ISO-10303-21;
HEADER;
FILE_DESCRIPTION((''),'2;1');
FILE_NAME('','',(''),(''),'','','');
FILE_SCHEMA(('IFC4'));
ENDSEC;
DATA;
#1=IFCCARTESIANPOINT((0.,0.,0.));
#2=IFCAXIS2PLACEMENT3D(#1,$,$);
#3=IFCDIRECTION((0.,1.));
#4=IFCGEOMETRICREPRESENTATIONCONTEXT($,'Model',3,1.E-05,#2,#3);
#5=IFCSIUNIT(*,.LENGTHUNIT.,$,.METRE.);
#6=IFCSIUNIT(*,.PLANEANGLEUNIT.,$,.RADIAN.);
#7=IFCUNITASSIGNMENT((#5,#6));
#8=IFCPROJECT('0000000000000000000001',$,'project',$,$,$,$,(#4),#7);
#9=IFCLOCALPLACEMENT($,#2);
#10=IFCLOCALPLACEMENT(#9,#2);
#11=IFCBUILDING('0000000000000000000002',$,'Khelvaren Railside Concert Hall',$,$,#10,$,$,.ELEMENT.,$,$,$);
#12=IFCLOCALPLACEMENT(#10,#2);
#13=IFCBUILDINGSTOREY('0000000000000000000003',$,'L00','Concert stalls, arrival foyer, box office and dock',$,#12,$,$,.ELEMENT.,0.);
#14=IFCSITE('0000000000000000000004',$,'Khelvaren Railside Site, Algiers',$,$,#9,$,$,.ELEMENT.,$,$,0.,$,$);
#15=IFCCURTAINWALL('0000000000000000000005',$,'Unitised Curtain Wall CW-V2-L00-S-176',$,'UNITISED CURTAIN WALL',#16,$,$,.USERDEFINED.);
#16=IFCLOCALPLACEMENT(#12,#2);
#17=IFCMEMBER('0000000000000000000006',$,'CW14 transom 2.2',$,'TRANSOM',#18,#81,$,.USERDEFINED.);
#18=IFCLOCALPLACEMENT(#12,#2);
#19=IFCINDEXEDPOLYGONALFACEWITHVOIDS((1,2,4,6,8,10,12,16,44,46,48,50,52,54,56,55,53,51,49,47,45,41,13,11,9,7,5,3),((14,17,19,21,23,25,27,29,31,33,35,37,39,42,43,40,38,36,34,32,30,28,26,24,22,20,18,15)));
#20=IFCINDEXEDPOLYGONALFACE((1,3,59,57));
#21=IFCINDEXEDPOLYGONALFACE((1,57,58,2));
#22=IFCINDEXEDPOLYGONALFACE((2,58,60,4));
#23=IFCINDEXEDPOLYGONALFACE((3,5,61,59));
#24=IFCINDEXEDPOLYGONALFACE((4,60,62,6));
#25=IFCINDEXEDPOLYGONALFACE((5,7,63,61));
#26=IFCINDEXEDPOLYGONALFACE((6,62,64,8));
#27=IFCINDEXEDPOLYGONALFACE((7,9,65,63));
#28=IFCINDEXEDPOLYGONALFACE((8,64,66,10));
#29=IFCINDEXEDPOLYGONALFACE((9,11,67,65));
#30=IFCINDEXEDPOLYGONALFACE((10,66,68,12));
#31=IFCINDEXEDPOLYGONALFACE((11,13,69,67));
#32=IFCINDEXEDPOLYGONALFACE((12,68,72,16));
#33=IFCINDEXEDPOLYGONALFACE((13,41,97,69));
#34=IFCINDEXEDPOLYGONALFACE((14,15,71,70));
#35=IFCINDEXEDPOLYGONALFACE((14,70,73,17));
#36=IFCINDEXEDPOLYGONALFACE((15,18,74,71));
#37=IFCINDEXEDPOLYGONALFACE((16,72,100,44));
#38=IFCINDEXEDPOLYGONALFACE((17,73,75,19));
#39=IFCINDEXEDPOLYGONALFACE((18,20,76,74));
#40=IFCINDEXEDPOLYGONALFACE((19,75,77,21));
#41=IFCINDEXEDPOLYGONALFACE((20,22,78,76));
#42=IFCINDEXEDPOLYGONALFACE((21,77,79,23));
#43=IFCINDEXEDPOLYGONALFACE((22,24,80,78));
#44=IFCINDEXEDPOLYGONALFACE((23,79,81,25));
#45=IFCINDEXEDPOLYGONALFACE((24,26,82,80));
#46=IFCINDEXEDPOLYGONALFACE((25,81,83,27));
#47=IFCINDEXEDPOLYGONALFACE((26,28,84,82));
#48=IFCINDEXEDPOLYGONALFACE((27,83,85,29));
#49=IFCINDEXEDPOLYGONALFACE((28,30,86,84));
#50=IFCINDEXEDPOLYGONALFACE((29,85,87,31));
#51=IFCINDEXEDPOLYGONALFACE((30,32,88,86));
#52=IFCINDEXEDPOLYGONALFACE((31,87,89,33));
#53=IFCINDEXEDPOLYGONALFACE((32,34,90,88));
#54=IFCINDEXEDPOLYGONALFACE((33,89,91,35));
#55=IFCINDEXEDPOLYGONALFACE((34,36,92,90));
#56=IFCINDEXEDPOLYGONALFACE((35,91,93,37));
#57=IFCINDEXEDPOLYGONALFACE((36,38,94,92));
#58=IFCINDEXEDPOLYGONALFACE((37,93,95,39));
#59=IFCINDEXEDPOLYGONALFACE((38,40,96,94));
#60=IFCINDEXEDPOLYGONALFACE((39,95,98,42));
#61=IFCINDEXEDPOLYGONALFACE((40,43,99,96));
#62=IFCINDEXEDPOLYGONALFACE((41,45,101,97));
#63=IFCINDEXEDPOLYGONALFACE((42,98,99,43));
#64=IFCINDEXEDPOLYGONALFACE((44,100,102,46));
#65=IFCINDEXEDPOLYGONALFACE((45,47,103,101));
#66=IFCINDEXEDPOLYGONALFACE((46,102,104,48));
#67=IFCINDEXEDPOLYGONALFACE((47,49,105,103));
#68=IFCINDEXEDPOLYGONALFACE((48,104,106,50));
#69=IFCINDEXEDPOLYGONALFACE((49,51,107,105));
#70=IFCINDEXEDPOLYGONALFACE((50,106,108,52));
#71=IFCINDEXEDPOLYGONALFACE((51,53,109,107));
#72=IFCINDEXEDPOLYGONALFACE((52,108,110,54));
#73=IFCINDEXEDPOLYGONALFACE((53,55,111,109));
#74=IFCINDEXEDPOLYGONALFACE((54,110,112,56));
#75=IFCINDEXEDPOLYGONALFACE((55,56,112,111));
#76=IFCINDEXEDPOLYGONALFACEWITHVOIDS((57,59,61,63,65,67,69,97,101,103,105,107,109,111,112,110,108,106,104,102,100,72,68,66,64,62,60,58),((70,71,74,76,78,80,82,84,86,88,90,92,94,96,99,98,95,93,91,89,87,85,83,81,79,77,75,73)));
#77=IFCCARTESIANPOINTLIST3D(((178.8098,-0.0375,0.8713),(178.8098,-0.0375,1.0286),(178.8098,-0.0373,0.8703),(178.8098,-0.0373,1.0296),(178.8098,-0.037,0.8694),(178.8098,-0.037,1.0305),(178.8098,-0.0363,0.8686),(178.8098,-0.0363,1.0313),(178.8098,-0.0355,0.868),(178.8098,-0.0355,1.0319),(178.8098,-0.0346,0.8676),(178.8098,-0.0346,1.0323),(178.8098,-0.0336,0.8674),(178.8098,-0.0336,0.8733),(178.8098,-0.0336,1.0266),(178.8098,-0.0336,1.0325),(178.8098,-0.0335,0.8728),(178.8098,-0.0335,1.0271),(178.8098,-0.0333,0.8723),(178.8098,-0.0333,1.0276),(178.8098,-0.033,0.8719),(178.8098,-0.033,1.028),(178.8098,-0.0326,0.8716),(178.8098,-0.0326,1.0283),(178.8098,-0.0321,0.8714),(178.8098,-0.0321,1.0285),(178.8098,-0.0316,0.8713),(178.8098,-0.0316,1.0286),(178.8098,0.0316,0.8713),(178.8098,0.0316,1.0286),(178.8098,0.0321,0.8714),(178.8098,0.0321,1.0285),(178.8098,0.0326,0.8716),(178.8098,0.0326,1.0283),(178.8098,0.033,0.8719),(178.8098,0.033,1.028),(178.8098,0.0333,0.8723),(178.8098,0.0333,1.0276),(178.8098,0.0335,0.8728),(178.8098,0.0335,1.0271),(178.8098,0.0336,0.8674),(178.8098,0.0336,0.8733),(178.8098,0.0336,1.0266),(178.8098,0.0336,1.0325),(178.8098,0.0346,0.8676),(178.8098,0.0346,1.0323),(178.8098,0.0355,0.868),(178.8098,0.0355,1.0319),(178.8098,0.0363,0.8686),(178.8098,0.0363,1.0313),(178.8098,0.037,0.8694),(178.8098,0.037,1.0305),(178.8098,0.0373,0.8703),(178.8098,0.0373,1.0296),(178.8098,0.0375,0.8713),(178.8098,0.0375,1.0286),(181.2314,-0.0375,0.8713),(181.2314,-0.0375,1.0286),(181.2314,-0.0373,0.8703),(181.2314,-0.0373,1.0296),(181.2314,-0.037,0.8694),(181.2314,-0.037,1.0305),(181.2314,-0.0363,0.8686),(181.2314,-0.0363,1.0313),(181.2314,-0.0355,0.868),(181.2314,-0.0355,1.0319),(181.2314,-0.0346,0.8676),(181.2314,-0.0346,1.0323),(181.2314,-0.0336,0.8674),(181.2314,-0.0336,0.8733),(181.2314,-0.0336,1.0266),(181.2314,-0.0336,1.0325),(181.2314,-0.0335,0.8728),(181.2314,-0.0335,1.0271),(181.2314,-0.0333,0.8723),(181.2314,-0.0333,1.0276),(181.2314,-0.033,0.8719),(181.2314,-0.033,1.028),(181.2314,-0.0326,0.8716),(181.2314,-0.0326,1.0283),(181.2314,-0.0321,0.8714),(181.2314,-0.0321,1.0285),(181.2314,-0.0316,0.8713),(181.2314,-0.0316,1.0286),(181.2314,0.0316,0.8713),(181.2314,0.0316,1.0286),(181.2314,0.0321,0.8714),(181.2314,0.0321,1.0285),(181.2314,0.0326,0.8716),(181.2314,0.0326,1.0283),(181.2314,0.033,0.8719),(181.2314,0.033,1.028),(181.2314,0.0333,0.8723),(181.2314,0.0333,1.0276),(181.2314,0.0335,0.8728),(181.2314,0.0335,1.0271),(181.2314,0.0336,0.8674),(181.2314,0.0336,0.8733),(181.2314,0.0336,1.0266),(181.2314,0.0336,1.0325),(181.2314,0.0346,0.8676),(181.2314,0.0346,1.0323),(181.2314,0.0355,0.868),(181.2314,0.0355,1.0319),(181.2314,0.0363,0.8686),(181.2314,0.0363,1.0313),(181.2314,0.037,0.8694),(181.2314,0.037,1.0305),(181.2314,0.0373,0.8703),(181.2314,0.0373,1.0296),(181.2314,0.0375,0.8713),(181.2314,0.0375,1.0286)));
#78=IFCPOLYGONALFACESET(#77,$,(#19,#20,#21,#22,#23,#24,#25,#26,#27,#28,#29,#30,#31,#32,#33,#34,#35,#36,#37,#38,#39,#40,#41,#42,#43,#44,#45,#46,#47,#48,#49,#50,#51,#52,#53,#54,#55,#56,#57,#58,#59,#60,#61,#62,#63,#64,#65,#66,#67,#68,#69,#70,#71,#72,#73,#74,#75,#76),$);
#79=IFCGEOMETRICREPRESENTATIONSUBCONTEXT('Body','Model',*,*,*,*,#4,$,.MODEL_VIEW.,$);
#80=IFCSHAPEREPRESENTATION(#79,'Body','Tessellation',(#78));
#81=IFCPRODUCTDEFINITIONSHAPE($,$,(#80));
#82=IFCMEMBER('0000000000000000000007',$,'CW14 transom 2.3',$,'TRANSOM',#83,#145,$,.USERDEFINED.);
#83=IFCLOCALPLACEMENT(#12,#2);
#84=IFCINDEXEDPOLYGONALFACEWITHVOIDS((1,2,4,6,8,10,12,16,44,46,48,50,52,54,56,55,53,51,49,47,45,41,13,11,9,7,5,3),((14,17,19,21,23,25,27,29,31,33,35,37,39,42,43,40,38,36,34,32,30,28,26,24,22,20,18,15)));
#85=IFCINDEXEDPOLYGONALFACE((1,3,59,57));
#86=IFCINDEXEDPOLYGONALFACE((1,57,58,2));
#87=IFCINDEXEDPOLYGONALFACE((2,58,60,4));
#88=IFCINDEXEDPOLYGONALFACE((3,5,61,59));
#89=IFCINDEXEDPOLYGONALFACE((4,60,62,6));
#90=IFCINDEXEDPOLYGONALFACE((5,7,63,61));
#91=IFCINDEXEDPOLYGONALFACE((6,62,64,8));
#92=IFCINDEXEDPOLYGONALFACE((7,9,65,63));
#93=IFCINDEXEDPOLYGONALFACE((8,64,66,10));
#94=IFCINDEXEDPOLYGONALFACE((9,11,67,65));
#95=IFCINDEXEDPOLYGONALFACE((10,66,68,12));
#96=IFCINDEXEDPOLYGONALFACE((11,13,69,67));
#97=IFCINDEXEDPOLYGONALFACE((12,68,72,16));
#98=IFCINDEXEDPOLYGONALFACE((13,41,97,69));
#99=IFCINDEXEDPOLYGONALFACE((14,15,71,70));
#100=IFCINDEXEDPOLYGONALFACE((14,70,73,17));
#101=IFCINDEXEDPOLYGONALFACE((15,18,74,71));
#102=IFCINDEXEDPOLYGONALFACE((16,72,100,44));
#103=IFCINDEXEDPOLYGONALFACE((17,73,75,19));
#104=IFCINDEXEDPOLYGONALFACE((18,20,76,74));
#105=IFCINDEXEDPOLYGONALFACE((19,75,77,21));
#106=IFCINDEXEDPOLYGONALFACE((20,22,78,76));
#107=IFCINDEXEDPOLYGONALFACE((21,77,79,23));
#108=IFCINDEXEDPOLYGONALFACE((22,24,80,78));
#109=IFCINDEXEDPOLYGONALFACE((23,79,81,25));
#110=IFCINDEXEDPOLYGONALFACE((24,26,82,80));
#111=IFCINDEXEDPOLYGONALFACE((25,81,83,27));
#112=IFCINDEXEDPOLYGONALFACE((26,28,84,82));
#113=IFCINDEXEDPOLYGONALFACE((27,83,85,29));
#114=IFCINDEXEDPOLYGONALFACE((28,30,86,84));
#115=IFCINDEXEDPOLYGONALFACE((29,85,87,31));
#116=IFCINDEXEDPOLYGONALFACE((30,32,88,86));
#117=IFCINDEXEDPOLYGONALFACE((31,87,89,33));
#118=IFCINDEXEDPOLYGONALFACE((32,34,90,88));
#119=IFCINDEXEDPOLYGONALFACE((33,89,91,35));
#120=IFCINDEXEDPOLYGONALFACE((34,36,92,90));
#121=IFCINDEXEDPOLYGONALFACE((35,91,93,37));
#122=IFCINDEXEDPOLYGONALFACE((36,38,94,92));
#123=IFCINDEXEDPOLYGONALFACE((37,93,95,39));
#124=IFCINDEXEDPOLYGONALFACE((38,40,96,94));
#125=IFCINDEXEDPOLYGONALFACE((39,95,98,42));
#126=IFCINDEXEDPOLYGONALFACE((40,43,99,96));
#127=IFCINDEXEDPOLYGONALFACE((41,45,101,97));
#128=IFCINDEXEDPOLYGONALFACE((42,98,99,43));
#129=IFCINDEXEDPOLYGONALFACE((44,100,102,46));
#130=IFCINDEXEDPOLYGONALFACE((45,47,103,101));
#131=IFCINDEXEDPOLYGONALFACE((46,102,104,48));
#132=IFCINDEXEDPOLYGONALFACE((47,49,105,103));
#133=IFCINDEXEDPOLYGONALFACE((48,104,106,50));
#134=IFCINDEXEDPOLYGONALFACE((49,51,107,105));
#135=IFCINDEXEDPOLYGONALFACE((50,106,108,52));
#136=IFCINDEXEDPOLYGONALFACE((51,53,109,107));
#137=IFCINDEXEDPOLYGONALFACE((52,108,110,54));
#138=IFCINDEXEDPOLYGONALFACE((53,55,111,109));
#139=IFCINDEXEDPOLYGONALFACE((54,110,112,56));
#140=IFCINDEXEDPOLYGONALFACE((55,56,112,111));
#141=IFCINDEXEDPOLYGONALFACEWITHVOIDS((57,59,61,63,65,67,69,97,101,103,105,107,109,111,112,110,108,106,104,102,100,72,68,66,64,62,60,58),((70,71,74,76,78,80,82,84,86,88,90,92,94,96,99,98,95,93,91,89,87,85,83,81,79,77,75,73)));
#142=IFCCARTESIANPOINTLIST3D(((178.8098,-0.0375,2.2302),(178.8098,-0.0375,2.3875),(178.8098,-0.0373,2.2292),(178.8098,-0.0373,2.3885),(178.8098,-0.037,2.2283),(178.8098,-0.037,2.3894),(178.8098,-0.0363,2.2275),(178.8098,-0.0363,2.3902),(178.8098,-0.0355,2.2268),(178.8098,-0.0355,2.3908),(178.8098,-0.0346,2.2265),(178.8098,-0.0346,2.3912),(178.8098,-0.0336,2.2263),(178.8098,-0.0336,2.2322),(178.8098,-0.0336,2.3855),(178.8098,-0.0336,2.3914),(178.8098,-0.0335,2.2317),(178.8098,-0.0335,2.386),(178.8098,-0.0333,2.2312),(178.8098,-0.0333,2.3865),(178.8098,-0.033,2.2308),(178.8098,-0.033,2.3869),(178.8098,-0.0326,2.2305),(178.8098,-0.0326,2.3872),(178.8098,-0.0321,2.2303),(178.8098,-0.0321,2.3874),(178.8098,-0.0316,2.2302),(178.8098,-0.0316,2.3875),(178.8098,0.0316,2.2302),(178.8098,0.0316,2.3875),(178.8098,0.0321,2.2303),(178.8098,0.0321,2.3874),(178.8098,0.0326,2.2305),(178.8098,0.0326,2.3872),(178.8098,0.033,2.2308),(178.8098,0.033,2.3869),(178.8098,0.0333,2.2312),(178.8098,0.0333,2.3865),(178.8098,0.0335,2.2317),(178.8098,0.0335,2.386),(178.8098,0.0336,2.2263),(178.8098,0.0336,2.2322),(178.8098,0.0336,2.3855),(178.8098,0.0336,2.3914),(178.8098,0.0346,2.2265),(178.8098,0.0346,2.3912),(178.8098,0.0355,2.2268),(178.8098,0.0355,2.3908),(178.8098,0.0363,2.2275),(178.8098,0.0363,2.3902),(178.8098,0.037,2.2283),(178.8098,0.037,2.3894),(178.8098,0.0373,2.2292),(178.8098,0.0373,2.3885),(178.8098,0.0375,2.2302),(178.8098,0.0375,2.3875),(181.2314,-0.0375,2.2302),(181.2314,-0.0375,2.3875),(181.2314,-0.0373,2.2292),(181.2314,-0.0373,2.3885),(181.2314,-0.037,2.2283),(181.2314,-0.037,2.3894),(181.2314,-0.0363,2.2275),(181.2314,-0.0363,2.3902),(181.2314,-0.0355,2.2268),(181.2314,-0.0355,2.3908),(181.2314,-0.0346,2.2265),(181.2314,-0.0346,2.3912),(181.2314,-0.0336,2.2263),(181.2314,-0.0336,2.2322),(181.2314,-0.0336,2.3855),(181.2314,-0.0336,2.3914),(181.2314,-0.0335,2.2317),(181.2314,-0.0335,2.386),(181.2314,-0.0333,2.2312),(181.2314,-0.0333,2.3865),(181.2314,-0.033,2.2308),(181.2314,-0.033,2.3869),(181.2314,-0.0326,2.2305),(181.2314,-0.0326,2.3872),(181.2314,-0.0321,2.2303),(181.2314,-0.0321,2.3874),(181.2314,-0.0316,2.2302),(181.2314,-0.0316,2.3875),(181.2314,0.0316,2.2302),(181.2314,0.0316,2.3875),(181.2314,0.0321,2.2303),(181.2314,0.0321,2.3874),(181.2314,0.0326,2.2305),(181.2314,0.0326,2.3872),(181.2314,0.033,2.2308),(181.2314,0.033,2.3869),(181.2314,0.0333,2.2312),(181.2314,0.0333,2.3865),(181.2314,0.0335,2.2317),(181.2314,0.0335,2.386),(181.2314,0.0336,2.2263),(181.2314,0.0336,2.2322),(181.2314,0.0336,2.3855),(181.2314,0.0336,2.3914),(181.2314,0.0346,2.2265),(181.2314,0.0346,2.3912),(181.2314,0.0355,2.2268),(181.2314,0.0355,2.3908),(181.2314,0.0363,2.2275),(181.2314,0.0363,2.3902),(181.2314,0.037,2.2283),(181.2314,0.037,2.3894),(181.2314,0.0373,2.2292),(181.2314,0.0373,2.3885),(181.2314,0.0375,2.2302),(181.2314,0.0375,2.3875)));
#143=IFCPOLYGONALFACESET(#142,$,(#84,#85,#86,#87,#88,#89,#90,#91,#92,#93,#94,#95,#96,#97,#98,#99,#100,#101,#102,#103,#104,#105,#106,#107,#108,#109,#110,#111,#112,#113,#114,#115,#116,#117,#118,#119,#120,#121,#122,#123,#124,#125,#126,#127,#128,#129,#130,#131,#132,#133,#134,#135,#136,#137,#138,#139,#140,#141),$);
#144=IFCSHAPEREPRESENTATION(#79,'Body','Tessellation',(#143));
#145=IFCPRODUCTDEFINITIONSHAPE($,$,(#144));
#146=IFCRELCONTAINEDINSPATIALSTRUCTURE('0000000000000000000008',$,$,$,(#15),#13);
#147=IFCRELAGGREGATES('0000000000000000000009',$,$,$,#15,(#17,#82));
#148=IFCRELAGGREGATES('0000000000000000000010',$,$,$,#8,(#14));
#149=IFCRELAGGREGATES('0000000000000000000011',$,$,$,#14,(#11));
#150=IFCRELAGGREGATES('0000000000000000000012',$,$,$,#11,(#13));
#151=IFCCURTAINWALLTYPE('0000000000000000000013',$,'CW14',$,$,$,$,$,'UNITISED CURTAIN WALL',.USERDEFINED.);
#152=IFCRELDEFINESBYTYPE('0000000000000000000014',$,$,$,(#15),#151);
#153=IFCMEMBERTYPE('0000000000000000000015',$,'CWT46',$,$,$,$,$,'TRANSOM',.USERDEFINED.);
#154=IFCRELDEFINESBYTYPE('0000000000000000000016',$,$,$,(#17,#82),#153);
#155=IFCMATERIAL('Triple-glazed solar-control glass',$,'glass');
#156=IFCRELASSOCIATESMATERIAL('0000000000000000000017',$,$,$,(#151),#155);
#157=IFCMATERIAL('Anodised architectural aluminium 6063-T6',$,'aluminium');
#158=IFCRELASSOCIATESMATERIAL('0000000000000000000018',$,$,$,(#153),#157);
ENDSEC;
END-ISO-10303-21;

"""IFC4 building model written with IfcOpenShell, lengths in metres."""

from ifc_helpers import new_model, si_unit, direction, frame, origin, origin_2d, place, context, subcontext, project, spatial, hollow_rectangle, extrude, material, material_profile, profile_set, type_object, element, aggregate, save


model = new_model("IFC4")

# Units and contexts
model_context = context("Model", 3, precision=1e-05, world=origin(), true_north=direction((0.0, 1.0)))
body_context = subcontext(model_context, "Body", "Model", "MODEL_VIEW")
ifc_project = project(units=[si_unit("LENGTHUNIT", "METRE"), si_unit("PLANEANGLEUNIT", "RADIAN")], contexts=[model_context])

# Site, building, storey
site_placement = place(None, origin())
site = spatial("IfcSite", under=ifc_project, at=site_placement, Name="Khelvaren Railside Site, Algiers", CompositionType="ELEMENT", RefElevation=0.0)
building_placement = place(site_placement, origin())
building = spatial("IfcBuilding", under=site, at=building_placement, Name="Khelvaren Railside Concert Hall", CompositionType="ELEMENT")
storey_placement = place(building_placement, origin())
storey = spatial("IfcBuildingStorey", under=building, at=storey_placement, Name="L00", Description="Concert stalls, arrival foyer, box office and dock", CompositionType="ELEMENT", Elevation=0.0)

# Curtain wall
ifc_material_1 = material(Name="Triple-glazed solar-control glass", Category="glass")
curtain_wall_type_1 = type_object("IfcCurtainWallType", Name="CW14", ElementType="UNITISED CURTAIN WALL", PredefinedType="USERDEFINED", material=ifc_material_1)
curtain_wall_1_placement = place(storey_placement, origin())
curtain_wall_1 = element("IfcCurtainWall", 1, at=curtain_wall_1_placement, inside=storey, type_object=curtain_wall_type_1, Name="Unitised Curtain Wall CW-V2-L00-S-176", ObjectType="UNITISED CURTAIN WALL", PredefinedType="USERDEFINED")
ifc_material_2 = material(Name="Anodised architectural aluminium 6063-T6", Category="aluminium")

# Members
ifc_material_profile_1 = material_profile(ifc_material_2, hollow_rectangle(XDim=0.075, YDim=0.165, WallThickness=0.0039, InnerFilletRadius=0.002, OuterFilletRadius=0.0039, at=origin_2d()), Name="CWT 75x165x4")
ifc_profile_set_1 = profile_set([ifc_material_profile_1], Name="Anodised architectural aluminium 6063-T6")
member_type_1 = type_object("IfcMemberType", Name="CWT46", ElementType="TRANSOM", PredefinedType="USERDEFINED", material=ifc_profile_set_1)
member_1_placement = place(storey_placement, frame((181.2314, 0.0, 0.95), z_axis=(-1.0, 0.0, 0.0), x_axis=(0.0, -1.0, 0.0)))
member_1 = element("IfcMember", 2, at=member_1_placement, type_object=member_type_1, Name="CW14 transom 2.2", ObjectType="TRANSOM", PredefinedType="USERDEFINED", context=body_context, shape_type="SweptSolid", body=[
    extrude(hollow_rectangle(XDim=0.075, YDim=0.165, WallThickness=0.0039, InnerFilletRadius=0.002, OuterFilletRadius=0.0039, at=origin_2d()), origin(), (0.0, 0.0, 1.0), 2.4216),
])
member_2_placement = place(storey_placement, frame((181.2314, 0.0, 2.3088), z_axis=(-1.0, 0.0, 0.0), x_axis=(0.0, -1.0, 0.0)))
member_2 = element("IfcMember", 3, at=member_2_placement, type_object=member_type_1, Name="CW14 transom 2.3", ObjectType="TRANSOM", PredefinedType="USERDEFINED", context=body_context, shape_type="SweptSolid", body=[
    extrude(hollow_rectangle(XDim=0.075, YDim=0.165, WallThickness=0.0039, InnerFilletRadius=0.002, OuterFilletRadius=0.0039, at=origin_2d()), origin(), (0.0, 0.0, 1.0), 2.4216),
])

aggregate(curtain_wall_1, [member_1, member_2])

save(model, "model.ifc")
